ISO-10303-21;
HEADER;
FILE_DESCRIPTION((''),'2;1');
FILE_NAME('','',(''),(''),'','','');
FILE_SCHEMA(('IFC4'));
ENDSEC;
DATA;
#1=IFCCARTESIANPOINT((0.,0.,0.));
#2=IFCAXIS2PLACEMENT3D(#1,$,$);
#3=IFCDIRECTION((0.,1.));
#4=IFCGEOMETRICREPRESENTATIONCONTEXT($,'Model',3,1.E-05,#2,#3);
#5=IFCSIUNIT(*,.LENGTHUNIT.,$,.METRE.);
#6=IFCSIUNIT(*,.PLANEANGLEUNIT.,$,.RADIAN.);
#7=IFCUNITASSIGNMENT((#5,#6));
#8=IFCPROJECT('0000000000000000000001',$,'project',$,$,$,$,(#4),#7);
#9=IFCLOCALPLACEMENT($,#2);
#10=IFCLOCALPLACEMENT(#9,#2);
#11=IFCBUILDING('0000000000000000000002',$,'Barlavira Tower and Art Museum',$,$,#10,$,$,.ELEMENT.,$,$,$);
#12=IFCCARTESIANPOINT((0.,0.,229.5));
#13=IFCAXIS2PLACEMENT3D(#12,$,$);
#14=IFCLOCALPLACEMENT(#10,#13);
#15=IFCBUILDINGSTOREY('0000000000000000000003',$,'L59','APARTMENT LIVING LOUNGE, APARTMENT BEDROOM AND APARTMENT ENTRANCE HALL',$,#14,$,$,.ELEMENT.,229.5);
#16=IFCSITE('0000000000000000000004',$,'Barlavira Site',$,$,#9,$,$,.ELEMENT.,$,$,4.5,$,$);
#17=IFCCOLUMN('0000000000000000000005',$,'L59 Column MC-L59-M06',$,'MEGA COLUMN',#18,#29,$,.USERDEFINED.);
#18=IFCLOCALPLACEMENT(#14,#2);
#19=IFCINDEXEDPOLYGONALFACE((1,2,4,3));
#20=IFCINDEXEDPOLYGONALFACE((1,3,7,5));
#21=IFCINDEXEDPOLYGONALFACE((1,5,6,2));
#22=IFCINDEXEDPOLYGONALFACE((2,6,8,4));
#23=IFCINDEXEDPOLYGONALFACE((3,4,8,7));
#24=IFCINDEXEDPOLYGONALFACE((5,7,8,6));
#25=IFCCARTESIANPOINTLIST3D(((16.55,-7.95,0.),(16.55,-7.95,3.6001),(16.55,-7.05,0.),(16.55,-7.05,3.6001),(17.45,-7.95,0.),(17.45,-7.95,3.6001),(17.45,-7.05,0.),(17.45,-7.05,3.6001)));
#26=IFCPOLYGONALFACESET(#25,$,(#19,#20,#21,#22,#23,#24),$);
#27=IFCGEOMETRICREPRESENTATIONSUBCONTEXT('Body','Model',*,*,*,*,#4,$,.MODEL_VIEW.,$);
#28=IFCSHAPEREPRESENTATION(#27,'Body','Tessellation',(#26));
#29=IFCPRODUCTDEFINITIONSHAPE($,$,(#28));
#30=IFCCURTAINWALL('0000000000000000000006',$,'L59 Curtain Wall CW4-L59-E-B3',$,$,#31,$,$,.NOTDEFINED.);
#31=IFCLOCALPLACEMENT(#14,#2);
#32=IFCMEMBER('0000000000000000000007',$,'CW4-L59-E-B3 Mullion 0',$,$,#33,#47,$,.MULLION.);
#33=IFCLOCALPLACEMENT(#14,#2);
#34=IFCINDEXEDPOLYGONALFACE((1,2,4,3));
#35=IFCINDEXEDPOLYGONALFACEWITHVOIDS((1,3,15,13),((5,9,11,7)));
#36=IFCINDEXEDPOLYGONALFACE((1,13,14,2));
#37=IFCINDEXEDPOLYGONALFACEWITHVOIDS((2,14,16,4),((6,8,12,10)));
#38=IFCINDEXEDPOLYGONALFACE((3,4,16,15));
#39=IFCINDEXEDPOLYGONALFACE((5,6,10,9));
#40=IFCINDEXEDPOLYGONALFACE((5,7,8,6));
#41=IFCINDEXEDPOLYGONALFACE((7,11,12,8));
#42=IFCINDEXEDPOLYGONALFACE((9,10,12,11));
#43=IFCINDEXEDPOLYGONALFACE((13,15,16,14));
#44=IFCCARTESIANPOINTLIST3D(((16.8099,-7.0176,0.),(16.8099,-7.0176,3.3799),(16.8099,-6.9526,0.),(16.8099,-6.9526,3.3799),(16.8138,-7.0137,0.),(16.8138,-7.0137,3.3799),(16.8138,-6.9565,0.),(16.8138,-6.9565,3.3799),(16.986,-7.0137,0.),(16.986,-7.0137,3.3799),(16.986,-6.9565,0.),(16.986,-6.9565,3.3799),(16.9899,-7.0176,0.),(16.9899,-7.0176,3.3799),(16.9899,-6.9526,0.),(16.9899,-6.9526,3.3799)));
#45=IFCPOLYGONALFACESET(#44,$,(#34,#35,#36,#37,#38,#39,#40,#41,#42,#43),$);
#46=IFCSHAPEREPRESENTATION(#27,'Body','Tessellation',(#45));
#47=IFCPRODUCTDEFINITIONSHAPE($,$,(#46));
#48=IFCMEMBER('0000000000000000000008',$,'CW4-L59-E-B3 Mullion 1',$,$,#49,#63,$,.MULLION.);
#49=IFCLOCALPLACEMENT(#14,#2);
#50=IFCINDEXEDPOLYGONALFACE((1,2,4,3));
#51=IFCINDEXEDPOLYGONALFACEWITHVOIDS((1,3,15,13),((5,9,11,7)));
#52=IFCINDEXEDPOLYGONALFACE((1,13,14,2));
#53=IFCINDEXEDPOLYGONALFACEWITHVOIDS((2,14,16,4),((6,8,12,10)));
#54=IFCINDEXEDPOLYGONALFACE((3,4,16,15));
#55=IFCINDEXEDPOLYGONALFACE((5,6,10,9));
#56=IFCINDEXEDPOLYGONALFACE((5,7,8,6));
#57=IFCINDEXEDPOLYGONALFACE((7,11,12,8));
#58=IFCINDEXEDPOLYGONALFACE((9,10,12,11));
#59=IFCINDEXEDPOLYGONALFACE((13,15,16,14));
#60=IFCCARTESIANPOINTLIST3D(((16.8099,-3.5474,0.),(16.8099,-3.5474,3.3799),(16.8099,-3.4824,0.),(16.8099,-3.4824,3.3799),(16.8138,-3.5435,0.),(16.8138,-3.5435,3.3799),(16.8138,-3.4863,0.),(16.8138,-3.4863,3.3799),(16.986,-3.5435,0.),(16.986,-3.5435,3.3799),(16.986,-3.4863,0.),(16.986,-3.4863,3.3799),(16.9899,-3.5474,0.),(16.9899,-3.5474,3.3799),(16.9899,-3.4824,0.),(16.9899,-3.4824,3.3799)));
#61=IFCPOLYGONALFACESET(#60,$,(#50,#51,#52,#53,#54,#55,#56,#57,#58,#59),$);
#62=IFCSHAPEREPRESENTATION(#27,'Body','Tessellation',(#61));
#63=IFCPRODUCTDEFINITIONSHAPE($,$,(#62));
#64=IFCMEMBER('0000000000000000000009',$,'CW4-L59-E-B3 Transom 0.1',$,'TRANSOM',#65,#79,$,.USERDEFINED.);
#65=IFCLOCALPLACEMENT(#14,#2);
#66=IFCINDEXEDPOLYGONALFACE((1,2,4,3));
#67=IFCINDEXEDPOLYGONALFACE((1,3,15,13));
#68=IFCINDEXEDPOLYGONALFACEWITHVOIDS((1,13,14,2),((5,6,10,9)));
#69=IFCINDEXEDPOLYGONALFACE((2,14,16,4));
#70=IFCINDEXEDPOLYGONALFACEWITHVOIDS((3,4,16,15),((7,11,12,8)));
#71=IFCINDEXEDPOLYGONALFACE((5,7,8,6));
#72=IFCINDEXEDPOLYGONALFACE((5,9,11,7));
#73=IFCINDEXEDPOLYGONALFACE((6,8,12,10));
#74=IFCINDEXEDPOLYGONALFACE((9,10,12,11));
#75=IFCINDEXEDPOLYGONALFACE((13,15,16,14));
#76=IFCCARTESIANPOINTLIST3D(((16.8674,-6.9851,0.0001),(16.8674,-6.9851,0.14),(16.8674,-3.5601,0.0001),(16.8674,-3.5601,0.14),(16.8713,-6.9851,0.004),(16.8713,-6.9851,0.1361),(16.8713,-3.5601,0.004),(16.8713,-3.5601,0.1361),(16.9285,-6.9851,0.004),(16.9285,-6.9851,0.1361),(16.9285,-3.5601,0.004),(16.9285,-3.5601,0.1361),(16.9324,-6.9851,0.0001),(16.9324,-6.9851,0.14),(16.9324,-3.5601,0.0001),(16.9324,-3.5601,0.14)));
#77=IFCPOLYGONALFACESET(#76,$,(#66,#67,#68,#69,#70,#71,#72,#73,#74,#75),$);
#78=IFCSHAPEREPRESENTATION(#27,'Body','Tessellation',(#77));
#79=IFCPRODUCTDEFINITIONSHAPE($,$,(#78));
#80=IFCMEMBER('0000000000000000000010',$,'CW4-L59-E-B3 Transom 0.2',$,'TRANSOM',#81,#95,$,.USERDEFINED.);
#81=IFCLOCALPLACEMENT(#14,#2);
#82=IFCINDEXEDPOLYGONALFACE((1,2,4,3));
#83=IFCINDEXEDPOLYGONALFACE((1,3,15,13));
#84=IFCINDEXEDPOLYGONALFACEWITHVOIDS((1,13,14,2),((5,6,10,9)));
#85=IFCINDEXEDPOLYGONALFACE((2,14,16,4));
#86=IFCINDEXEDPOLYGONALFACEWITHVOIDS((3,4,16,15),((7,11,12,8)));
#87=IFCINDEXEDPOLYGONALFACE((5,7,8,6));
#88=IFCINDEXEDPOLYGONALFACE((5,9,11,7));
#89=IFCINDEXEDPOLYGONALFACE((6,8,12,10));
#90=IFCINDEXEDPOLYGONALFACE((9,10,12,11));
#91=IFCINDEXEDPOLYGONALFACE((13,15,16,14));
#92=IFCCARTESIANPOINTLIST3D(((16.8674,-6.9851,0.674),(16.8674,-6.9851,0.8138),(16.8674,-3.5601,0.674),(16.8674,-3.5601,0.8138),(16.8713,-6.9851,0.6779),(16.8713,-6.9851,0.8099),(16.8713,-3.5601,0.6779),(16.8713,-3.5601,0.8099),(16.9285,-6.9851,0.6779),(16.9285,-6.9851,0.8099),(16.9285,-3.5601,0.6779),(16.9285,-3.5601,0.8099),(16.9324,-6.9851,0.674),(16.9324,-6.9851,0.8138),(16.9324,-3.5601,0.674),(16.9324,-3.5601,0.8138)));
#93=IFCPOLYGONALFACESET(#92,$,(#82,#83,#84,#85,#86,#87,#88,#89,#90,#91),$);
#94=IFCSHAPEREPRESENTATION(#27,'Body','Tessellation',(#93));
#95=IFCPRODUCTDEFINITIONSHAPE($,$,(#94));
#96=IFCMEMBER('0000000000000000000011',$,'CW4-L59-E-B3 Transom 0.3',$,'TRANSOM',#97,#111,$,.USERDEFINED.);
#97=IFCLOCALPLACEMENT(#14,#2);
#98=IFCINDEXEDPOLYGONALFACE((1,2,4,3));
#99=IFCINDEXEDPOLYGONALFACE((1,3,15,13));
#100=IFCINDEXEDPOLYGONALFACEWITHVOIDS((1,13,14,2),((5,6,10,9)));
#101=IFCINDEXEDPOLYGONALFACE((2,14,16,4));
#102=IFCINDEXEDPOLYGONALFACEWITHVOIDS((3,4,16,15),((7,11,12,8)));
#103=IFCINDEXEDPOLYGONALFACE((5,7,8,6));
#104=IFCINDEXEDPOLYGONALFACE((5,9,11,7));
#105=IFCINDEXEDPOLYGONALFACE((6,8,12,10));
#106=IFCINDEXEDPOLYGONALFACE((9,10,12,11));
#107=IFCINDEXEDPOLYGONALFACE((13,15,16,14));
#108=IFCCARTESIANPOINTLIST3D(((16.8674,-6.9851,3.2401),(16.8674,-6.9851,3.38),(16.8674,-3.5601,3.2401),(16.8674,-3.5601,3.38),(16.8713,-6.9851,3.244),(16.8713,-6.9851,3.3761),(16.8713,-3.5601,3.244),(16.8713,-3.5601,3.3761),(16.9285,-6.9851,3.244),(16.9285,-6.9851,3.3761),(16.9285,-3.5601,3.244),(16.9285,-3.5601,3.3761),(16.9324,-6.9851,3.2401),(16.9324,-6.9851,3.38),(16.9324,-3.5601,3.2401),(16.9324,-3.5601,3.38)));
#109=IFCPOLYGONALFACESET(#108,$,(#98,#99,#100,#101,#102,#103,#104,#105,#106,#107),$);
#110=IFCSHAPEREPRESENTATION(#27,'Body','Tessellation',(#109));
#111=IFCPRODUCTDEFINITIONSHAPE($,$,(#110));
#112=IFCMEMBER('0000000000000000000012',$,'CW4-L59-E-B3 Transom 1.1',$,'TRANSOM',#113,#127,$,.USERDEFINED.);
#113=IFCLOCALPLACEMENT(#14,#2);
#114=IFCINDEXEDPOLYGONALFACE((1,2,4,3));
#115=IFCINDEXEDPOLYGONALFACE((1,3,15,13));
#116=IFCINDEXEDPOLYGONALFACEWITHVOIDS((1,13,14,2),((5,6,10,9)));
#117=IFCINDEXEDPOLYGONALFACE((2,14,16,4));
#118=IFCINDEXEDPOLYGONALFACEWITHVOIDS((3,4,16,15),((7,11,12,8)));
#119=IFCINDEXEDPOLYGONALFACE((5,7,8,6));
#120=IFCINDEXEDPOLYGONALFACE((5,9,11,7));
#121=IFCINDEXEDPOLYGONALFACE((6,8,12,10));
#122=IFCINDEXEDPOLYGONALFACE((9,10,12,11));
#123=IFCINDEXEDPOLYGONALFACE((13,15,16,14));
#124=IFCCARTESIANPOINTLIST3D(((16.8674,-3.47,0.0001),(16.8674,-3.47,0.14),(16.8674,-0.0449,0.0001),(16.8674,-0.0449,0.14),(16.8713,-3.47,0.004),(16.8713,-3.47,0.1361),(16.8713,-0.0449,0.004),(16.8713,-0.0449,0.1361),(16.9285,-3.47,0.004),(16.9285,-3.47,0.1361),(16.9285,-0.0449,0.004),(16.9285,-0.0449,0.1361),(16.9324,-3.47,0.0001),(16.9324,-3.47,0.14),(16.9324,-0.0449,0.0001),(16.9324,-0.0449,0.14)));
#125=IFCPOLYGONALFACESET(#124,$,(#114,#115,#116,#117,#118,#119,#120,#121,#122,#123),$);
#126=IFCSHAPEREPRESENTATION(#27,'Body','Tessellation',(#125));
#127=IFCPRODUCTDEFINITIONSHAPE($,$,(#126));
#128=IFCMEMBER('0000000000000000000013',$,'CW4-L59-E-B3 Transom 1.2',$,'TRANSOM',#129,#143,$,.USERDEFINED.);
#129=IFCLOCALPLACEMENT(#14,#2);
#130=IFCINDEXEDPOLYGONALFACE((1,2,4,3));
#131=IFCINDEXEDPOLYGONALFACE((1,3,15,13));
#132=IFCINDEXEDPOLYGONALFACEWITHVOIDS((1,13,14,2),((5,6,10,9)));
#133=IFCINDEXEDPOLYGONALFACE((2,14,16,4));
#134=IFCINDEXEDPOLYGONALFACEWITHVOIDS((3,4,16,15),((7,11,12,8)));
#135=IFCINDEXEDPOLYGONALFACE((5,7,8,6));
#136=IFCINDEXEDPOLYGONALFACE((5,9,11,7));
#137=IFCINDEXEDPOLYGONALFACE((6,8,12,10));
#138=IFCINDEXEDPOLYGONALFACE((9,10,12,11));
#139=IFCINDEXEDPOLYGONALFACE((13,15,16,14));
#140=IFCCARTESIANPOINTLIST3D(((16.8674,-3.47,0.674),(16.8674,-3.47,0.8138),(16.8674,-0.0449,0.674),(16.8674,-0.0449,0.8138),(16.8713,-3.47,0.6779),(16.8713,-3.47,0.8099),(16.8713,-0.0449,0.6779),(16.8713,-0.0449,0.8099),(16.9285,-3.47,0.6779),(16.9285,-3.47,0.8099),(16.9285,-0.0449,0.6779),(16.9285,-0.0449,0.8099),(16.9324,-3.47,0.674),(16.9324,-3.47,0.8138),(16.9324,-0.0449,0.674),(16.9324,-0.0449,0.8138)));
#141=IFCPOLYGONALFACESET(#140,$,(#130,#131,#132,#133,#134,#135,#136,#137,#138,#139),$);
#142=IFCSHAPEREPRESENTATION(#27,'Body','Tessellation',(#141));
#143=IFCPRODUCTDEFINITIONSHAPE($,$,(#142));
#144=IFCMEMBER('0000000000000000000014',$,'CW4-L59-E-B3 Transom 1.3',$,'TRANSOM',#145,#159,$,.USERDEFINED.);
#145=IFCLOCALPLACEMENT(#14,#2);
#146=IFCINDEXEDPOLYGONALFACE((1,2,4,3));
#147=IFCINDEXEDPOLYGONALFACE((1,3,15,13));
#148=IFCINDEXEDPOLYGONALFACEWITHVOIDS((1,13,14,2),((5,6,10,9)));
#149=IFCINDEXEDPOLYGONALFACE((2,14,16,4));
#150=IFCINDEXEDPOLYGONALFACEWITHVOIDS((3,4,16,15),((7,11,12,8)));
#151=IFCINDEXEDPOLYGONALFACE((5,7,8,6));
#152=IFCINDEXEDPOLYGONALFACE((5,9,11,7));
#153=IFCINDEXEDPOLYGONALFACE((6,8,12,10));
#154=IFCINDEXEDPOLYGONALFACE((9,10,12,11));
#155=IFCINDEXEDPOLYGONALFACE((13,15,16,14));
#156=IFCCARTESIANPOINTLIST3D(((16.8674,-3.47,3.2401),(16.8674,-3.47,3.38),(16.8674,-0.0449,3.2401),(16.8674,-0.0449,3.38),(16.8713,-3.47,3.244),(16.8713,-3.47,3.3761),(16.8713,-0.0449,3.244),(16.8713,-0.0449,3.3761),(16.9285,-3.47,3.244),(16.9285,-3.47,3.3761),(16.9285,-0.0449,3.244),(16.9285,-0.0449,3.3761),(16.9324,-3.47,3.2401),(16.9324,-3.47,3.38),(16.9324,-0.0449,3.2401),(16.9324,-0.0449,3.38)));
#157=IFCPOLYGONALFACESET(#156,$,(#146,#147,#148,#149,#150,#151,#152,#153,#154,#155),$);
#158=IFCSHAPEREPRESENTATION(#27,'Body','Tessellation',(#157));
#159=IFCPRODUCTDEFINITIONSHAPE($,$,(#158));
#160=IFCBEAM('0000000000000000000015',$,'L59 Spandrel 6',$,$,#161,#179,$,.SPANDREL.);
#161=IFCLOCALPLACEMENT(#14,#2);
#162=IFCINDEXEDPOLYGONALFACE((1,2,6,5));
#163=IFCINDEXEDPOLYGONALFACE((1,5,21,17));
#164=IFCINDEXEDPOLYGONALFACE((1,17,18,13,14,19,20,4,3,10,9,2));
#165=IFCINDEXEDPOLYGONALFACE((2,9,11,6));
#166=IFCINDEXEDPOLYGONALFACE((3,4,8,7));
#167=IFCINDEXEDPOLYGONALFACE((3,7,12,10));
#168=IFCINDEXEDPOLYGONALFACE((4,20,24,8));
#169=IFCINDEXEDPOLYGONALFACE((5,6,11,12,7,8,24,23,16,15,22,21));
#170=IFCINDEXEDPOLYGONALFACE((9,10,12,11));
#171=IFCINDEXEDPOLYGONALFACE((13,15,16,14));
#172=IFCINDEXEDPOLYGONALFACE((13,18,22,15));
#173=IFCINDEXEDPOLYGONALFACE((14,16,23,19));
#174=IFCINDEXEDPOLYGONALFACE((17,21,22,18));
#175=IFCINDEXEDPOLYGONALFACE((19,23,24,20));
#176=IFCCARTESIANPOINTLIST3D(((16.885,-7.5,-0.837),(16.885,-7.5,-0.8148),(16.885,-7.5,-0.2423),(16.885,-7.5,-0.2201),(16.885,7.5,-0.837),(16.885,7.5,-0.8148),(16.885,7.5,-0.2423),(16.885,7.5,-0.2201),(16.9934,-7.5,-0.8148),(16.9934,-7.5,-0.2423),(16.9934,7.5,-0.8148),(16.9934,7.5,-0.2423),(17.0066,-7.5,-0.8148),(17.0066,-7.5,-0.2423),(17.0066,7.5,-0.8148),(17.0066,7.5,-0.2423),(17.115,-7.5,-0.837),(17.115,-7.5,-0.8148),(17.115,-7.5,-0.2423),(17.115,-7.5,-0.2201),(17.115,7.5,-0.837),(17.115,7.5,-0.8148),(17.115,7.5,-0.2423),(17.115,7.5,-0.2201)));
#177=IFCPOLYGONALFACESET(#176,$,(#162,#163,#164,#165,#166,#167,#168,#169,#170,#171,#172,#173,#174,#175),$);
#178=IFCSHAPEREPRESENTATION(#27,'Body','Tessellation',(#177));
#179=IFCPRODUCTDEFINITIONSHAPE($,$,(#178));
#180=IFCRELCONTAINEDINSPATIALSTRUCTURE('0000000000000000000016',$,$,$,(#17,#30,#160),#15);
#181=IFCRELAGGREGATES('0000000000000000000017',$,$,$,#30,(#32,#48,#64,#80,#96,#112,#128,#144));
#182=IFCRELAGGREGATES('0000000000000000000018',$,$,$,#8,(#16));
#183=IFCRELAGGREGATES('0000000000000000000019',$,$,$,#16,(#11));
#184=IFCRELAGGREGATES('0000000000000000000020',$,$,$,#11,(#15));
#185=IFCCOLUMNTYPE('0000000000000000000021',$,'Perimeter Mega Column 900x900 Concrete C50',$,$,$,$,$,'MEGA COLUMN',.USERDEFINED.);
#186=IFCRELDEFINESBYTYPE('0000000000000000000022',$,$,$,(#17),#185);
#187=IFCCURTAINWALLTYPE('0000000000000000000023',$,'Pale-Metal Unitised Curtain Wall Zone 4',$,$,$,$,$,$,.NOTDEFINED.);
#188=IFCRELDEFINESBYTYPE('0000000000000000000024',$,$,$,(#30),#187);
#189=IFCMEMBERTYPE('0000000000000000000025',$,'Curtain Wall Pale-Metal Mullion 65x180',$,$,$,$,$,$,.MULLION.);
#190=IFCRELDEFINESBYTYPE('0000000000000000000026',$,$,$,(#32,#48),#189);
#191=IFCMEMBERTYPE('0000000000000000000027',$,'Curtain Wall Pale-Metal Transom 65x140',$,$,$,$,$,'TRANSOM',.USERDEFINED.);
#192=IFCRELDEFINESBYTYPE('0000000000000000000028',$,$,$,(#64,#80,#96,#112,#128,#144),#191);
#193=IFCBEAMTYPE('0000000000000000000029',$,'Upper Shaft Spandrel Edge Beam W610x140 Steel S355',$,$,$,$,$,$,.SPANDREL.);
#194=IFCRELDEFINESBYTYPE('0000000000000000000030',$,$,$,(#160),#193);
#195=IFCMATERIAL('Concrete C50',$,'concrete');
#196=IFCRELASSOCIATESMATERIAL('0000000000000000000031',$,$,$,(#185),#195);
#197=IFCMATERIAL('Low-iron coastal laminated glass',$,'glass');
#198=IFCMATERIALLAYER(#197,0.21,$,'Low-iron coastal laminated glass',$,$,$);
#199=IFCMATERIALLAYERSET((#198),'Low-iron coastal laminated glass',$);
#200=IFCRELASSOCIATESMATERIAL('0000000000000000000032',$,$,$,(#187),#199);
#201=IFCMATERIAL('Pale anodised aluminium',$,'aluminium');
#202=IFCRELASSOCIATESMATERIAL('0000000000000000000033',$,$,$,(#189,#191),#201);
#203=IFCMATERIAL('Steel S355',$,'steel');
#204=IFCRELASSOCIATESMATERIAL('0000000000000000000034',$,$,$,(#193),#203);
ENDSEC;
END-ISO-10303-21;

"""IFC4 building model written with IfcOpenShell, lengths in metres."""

from ifc_helpers import new_model, si_unit, direction, frame, origin, origin_2d, place, context, subcontext, project, spatial, rectangle, hollow_rectangle, i_section, extrude, material, layer, layer_set, material_profile, profile_set, type_object, element, aggregate, save


model = new_model("IFC4")

# Units and contexts
model_context = context("Model", 3, precision=1e-05, world=origin(), true_north=direction((0.0, 1.0)))
body_context = subcontext(model_context, "Body", "Model", "MODEL_VIEW")
ifc_project = project(units=[si_unit("LENGTHUNIT", "METRE"), si_unit("PLANEANGLEUNIT", "RADIAN")], contexts=[model_context])

# Site, building, storey
site_placement = place(None, origin())
site = spatial("IfcSite", under=ifc_project, at=site_placement, Name="Barlavira Site", CompositionType="ELEMENT", RefElevation=4.5)
building_placement = place(site_placement, origin())
building = spatial("IfcBuilding", under=site, at=building_placement, Name="Barlavira Tower and Art Museum", CompositionType="ELEMENT")
storey_placement = place(building_placement, frame((0.0, 0.0, 229.5)))
storey = spatial("IfcBuildingStorey", under=building, at=storey_placement, Name="L59", Description="APARTMENT LIVING LOUNGE, APARTMENT BEDROOM AND APARTMENT ENTRANCE HALL", CompositionType="ELEMENT", Elevation=229.5)

# Column
ifc_material_1 = material(Name="Concrete C50", Category="concrete")
ifc_material_profile_1 = material_profile(ifc_material_1, rectangle(XDim=0.8999, YDim=0.8999, at=origin_2d()), Name="RC-COL 900x900")
ifc_profile_set_1 = profile_set([ifc_material_profile_1], Name="Concrete C50")
column_type = type_object("IfcColumnType", Name="Perimeter Mega Column 900x900 Concrete C50", ElementType="MEGA COLUMN", PredefinedType="USERDEFINED", material=ifc_profile_set_1)
column_placement = place(storey_placement, frame((17.0, -7.5, 0.0), z_axis=(0.0, 0.0, 1.0), x_axis=(1.0, 0.0, 0.0)))
element("IfcColumn", 1, at=column_placement, inside=storey, type_object=column_type, Name="L59 Column MC-L59-M06", ObjectType="MEGA COLUMN", PredefinedType="USERDEFINED", context=body_context, shape_type="SweptSolid", body=[
    extrude(rectangle(XDim=0.8999, YDim=0.8999, at=origin_2d()), origin(), (0.0, 0.0, 1.0), 3.6001),
])

# Curtain wall, members
ifc_material_2 = material(Name="Low-iron coastal laminated glass", Category="glass")
ifc_layer_1 = layer(ifc_material_2, 0.21, Name="Low-iron coastal laminated glass")
ifc_layer_set_1 = layer_set([ifc_layer_1], Name="Low-iron coastal laminated glass")
curtain_wall_type = type_object("IfcCurtainWallType", Name="Pale-Metal Unitised Curtain Wall Zone 4", PredefinedType="NOTDEFINED", material=ifc_layer_set_1)
curtain_wall_placement = place(storey_placement, origin())
curtain_wall = element("IfcCurtainWall", 2, at=curtain_wall_placement, inside=storey, type_object=curtain_wall_type, Name="L59 Curtain Wall CW4-L59-E-B3", PredefinedType="NOTDEFINED")
ifc_material_3 = material(Name="Pale anodised aluminium", Category="aluminium")
ifc_material_profile_2 = material_profile(ifc_material_3, hollow_rectangle(XDim=0.0649, YDim=0.1799, WallThickness=0.0039, at=origin_2d()), Name="ALU-MULL 65x180x4")
ifc_profile_set_2 = profile_set([ifc_material_profile_2], Name="Pale anodised aluminium")
member_type_1 = type_object("IfcMemberType", Name="Curtain Wall Pale-Metal Mullion 65x180", PredefinedType="MULLION", material=ifc_profile_set_2)
member_1_placement = place(storey_placement, frame((16.8999, -6.9851, 0.0), z_axis=(0.0, 0.0, 1.0), x_axis=(0.0, 1.0, 0.0)))
member_1 = element("IfcMember", 3, at=member_1_placement, type_object=member_type_1, Name="CW4-L59-E-B3 Mullion 0", PredefinedType="MULLION", context=body_context, shape_type="SweptSolid", body=[
    extrude(hollow_rectangle(XDim=0.0649, YDim=0.1799, WallThickness=0.0039, at=origin_2d()), origin(), (0.0, 0.0, 1.0), 3.3799),
])
member_2_placement = place(storey_placement, frame((16.8999, -3.5149, 0.0), z_axis=(0.0, 0.0, 1.0), x_axis=(0.0, 1.0, 0.0)))
member_2 = element("IfcMember", 4, at=member_2_placement, type_object=member_type_1, Name="CW4-L59-E-B3 Mullion 1", PredefinedType="MULLION", context=body_context, shape_type="SweptSolid", body=[
    extrude(hollow_rectangle(XDim=0.0649, YDim=0.1799, WallThickness=0.0039, at=origin_2d()), origin(), (0.0, 0.0, 1.0), 3.3799),
])
ifc_material_profile_3 = material_profile(ifc_material_3, hollow_rectangle(XDim=0.0649, YDim=0.1399, WallThickness=0.0039, at=origin_2d()), Name="ALU-TRAN 65x140x4")
ifc_profile_set_3 = profile_set([ifc_material_profile_3], Name="Pale anodised aluminium")
member_type_2 = type_object("IfcMemberType", Name="Curtain Wall Pale-Metal Transom 65x140", ElementType="TRANSOM", PredefinedType="USERDEFINED", material=ifc_profile_set_3)
member_3_placement = place(storey_placement, frame((16.8999, -6.9851, 0.0701), z_axis=(0.0, 1.0, 0.0), x_axis=(-1.0, 0.0, 0.0)))
member_3 = element("IfcMember", 5, at=member_3_placement, type_object=member_type_2, Name="CW4-L59-E-B3 Transom 0.1", ObjectType="TRANSOM", PredefinedType="USERDEFINED", context=body_context, shape_type="SweptSolid", body=[
    extrude(hollow_rectangle(XDim=0.0649, YDim=0.1399, WallThickness=0.0039, at=origin_2d()), origin(), (0.0, 0.0, 1.0), 3.425),
])
member_4_placement = place(storey_placement, frame((16.8999, -6.9851, 0.7439), z_axis=(0.0, 1.0, 0.0), x_axis=(-1.0, 0.0, 0.0)))
member_4 = element("IfcMember", 6, at=member_4_placement, type_object=member_type_2, Name="CW4-L59-E-B3 Transom 0.2", ObjectType="TRANSOM", PredefinedType="USERDEFINED", context=body_context, shape_type="SweptSolid", body=[
    extrude(hollow_rectangle(XDim=0.0649, YDim=0.1399, WallThickness=0.0039, at=origin_2d()), origin(), (0.0, 0.0, 1.0), 3.425),
])
member_5_placement = place(storey_placement, frame((16.8999, -6.9851, 3.3101), z_axis=(0.0, 1.0, 0.0), x_axis=(-1.0, 0.0, 0.0)))
member_5 = element("IfcMember", 7, at=member_5_placement, type_object=member_type_2, Name="CW4-L59-E-B3 Transom 0.3", ObjectType="TRANSOM", PredefinedType="USERDEFINED", context=body_context, shape_type="SweptSolid", body=[
    extrude(hollow_rectangle(XDim=0.0649, YDim=0.1399, WallThickness=0.0039, at=origin_2d()), origin(), (0.0, 0.0, 1.0), 3.425),
])
member_6_placement = place(storey_placement, frame((16.8999, -3.47, 0.0701), z_axis=(0.0, 1.0, 0.0), x_axis=(-1.0, 0.0, 0.0)))
member_6 = element("IfcMember", 8, at=member_6_placement, type_object=member_type_2, Name="CW4-L59-E-B3 Transom 1.1", ObjectType="TRANSOM", PredefinedType="USERDEFINED", context=body_context, shape_type="SweptSolid", body=[
    extrude(hollow_rectangle(XDim=0.0649, YDim=0.1399, WallThickness=0.0039, at=origin_2d()), origin(), (0.0, 0.0, 1.0), 3.425),
])
member_7_placement = place(storey_placement, frame((16.8999, -3.47, 0.7439), z_axis=(0.0, 1.0, 0.0), x_axis=(-1.0, 0.0, 0.0)))
member_7 = element("IfcMember", 9, at=member_7_placement, type_object=member_type_2, Name="CW4-L59-E-B3 Transom 1.2", ObjectType="TRANSOM", PredefinedType="USERDEFINED", context=body_context, shape_type="SweptSolid", body=[
    extrude(hollow_rectangle(XDim=0.0649, YDim=0.1399, WallThickness=0.0039, at=origin_2d()), origin(), (0.0, 0.0, 1.0), 3.425),
])
member_8_placement = place(storey_placement, frame((16.8999, -3.47, 3.3101), z_axis=(0.0, 1.0, 0.0), x_axis=(-1.0, 0.0, 0.0)))
member_8 = element("IfcMember", 10, at=member_8_placement, type_object=member_type_2, Name="CW4-L59-E-B3 Transom 1.3", ObjectType="TRANSOM", PredefinedType="USERDEFINED", context=body_context, shape_type="SweptSolid", body=[
    extrude(hollow_rectangle(XDim=0.0649, YDim=0.1399, WallThickness=0.0039, at=origin_2d()), origin(), (0.0, 0.0, 1.0), 3.425),
])

# Beam
ifc_material_4 = material(Name="Steel S355", Category="steel")
ifc_material_profile_4 = material_profile(ifc_material_4, i_section(OverallWidth=0.23, OverallDepth=0.6169, WebThickness=0.0132, FlangeThickness=0.0222, at=origin_2d()), Name="W610x140.0")
ifc_profile_set_4 = profile_set([ifc_material_profile_4], Name="Steel S355")
beam_type_1 = type_object("IfcBeamType", Name="Upper Shaft Spandrel Edge Beam W610x140 Steel S355", PredefinedType="SPANDREL", material=ifc_profile_set_4)
beam_1_placement = place(storey_placement, frame((17.0, -7.5, -0.5286), z_axis=(0.0, 1.0, 0.0), x_axis=(-1.0, 0.0, 0.0)))
element("IfcBeam", 11, at=beam_1_placement, inside=storey, type_object=beam_type_1, Name="L59 Spandrel 6", PredefinedType="SPANDREL", context=body_context, shape_type="SweptSolid", body=[
    extrude(i_section(OverallWidth=0.23, OverallDepth=0.6169, WebThickness=0.0132, FlangeThickness=0.0222, at=origin_2d()), origin(), (0.0, 0.0, 1.0), 15.0),
])

aggregate(curtain_wall, [member_1, member_2, member_3, member_4, member_5, member_6, member_7, member_8])

save(model, "model.ifc")
